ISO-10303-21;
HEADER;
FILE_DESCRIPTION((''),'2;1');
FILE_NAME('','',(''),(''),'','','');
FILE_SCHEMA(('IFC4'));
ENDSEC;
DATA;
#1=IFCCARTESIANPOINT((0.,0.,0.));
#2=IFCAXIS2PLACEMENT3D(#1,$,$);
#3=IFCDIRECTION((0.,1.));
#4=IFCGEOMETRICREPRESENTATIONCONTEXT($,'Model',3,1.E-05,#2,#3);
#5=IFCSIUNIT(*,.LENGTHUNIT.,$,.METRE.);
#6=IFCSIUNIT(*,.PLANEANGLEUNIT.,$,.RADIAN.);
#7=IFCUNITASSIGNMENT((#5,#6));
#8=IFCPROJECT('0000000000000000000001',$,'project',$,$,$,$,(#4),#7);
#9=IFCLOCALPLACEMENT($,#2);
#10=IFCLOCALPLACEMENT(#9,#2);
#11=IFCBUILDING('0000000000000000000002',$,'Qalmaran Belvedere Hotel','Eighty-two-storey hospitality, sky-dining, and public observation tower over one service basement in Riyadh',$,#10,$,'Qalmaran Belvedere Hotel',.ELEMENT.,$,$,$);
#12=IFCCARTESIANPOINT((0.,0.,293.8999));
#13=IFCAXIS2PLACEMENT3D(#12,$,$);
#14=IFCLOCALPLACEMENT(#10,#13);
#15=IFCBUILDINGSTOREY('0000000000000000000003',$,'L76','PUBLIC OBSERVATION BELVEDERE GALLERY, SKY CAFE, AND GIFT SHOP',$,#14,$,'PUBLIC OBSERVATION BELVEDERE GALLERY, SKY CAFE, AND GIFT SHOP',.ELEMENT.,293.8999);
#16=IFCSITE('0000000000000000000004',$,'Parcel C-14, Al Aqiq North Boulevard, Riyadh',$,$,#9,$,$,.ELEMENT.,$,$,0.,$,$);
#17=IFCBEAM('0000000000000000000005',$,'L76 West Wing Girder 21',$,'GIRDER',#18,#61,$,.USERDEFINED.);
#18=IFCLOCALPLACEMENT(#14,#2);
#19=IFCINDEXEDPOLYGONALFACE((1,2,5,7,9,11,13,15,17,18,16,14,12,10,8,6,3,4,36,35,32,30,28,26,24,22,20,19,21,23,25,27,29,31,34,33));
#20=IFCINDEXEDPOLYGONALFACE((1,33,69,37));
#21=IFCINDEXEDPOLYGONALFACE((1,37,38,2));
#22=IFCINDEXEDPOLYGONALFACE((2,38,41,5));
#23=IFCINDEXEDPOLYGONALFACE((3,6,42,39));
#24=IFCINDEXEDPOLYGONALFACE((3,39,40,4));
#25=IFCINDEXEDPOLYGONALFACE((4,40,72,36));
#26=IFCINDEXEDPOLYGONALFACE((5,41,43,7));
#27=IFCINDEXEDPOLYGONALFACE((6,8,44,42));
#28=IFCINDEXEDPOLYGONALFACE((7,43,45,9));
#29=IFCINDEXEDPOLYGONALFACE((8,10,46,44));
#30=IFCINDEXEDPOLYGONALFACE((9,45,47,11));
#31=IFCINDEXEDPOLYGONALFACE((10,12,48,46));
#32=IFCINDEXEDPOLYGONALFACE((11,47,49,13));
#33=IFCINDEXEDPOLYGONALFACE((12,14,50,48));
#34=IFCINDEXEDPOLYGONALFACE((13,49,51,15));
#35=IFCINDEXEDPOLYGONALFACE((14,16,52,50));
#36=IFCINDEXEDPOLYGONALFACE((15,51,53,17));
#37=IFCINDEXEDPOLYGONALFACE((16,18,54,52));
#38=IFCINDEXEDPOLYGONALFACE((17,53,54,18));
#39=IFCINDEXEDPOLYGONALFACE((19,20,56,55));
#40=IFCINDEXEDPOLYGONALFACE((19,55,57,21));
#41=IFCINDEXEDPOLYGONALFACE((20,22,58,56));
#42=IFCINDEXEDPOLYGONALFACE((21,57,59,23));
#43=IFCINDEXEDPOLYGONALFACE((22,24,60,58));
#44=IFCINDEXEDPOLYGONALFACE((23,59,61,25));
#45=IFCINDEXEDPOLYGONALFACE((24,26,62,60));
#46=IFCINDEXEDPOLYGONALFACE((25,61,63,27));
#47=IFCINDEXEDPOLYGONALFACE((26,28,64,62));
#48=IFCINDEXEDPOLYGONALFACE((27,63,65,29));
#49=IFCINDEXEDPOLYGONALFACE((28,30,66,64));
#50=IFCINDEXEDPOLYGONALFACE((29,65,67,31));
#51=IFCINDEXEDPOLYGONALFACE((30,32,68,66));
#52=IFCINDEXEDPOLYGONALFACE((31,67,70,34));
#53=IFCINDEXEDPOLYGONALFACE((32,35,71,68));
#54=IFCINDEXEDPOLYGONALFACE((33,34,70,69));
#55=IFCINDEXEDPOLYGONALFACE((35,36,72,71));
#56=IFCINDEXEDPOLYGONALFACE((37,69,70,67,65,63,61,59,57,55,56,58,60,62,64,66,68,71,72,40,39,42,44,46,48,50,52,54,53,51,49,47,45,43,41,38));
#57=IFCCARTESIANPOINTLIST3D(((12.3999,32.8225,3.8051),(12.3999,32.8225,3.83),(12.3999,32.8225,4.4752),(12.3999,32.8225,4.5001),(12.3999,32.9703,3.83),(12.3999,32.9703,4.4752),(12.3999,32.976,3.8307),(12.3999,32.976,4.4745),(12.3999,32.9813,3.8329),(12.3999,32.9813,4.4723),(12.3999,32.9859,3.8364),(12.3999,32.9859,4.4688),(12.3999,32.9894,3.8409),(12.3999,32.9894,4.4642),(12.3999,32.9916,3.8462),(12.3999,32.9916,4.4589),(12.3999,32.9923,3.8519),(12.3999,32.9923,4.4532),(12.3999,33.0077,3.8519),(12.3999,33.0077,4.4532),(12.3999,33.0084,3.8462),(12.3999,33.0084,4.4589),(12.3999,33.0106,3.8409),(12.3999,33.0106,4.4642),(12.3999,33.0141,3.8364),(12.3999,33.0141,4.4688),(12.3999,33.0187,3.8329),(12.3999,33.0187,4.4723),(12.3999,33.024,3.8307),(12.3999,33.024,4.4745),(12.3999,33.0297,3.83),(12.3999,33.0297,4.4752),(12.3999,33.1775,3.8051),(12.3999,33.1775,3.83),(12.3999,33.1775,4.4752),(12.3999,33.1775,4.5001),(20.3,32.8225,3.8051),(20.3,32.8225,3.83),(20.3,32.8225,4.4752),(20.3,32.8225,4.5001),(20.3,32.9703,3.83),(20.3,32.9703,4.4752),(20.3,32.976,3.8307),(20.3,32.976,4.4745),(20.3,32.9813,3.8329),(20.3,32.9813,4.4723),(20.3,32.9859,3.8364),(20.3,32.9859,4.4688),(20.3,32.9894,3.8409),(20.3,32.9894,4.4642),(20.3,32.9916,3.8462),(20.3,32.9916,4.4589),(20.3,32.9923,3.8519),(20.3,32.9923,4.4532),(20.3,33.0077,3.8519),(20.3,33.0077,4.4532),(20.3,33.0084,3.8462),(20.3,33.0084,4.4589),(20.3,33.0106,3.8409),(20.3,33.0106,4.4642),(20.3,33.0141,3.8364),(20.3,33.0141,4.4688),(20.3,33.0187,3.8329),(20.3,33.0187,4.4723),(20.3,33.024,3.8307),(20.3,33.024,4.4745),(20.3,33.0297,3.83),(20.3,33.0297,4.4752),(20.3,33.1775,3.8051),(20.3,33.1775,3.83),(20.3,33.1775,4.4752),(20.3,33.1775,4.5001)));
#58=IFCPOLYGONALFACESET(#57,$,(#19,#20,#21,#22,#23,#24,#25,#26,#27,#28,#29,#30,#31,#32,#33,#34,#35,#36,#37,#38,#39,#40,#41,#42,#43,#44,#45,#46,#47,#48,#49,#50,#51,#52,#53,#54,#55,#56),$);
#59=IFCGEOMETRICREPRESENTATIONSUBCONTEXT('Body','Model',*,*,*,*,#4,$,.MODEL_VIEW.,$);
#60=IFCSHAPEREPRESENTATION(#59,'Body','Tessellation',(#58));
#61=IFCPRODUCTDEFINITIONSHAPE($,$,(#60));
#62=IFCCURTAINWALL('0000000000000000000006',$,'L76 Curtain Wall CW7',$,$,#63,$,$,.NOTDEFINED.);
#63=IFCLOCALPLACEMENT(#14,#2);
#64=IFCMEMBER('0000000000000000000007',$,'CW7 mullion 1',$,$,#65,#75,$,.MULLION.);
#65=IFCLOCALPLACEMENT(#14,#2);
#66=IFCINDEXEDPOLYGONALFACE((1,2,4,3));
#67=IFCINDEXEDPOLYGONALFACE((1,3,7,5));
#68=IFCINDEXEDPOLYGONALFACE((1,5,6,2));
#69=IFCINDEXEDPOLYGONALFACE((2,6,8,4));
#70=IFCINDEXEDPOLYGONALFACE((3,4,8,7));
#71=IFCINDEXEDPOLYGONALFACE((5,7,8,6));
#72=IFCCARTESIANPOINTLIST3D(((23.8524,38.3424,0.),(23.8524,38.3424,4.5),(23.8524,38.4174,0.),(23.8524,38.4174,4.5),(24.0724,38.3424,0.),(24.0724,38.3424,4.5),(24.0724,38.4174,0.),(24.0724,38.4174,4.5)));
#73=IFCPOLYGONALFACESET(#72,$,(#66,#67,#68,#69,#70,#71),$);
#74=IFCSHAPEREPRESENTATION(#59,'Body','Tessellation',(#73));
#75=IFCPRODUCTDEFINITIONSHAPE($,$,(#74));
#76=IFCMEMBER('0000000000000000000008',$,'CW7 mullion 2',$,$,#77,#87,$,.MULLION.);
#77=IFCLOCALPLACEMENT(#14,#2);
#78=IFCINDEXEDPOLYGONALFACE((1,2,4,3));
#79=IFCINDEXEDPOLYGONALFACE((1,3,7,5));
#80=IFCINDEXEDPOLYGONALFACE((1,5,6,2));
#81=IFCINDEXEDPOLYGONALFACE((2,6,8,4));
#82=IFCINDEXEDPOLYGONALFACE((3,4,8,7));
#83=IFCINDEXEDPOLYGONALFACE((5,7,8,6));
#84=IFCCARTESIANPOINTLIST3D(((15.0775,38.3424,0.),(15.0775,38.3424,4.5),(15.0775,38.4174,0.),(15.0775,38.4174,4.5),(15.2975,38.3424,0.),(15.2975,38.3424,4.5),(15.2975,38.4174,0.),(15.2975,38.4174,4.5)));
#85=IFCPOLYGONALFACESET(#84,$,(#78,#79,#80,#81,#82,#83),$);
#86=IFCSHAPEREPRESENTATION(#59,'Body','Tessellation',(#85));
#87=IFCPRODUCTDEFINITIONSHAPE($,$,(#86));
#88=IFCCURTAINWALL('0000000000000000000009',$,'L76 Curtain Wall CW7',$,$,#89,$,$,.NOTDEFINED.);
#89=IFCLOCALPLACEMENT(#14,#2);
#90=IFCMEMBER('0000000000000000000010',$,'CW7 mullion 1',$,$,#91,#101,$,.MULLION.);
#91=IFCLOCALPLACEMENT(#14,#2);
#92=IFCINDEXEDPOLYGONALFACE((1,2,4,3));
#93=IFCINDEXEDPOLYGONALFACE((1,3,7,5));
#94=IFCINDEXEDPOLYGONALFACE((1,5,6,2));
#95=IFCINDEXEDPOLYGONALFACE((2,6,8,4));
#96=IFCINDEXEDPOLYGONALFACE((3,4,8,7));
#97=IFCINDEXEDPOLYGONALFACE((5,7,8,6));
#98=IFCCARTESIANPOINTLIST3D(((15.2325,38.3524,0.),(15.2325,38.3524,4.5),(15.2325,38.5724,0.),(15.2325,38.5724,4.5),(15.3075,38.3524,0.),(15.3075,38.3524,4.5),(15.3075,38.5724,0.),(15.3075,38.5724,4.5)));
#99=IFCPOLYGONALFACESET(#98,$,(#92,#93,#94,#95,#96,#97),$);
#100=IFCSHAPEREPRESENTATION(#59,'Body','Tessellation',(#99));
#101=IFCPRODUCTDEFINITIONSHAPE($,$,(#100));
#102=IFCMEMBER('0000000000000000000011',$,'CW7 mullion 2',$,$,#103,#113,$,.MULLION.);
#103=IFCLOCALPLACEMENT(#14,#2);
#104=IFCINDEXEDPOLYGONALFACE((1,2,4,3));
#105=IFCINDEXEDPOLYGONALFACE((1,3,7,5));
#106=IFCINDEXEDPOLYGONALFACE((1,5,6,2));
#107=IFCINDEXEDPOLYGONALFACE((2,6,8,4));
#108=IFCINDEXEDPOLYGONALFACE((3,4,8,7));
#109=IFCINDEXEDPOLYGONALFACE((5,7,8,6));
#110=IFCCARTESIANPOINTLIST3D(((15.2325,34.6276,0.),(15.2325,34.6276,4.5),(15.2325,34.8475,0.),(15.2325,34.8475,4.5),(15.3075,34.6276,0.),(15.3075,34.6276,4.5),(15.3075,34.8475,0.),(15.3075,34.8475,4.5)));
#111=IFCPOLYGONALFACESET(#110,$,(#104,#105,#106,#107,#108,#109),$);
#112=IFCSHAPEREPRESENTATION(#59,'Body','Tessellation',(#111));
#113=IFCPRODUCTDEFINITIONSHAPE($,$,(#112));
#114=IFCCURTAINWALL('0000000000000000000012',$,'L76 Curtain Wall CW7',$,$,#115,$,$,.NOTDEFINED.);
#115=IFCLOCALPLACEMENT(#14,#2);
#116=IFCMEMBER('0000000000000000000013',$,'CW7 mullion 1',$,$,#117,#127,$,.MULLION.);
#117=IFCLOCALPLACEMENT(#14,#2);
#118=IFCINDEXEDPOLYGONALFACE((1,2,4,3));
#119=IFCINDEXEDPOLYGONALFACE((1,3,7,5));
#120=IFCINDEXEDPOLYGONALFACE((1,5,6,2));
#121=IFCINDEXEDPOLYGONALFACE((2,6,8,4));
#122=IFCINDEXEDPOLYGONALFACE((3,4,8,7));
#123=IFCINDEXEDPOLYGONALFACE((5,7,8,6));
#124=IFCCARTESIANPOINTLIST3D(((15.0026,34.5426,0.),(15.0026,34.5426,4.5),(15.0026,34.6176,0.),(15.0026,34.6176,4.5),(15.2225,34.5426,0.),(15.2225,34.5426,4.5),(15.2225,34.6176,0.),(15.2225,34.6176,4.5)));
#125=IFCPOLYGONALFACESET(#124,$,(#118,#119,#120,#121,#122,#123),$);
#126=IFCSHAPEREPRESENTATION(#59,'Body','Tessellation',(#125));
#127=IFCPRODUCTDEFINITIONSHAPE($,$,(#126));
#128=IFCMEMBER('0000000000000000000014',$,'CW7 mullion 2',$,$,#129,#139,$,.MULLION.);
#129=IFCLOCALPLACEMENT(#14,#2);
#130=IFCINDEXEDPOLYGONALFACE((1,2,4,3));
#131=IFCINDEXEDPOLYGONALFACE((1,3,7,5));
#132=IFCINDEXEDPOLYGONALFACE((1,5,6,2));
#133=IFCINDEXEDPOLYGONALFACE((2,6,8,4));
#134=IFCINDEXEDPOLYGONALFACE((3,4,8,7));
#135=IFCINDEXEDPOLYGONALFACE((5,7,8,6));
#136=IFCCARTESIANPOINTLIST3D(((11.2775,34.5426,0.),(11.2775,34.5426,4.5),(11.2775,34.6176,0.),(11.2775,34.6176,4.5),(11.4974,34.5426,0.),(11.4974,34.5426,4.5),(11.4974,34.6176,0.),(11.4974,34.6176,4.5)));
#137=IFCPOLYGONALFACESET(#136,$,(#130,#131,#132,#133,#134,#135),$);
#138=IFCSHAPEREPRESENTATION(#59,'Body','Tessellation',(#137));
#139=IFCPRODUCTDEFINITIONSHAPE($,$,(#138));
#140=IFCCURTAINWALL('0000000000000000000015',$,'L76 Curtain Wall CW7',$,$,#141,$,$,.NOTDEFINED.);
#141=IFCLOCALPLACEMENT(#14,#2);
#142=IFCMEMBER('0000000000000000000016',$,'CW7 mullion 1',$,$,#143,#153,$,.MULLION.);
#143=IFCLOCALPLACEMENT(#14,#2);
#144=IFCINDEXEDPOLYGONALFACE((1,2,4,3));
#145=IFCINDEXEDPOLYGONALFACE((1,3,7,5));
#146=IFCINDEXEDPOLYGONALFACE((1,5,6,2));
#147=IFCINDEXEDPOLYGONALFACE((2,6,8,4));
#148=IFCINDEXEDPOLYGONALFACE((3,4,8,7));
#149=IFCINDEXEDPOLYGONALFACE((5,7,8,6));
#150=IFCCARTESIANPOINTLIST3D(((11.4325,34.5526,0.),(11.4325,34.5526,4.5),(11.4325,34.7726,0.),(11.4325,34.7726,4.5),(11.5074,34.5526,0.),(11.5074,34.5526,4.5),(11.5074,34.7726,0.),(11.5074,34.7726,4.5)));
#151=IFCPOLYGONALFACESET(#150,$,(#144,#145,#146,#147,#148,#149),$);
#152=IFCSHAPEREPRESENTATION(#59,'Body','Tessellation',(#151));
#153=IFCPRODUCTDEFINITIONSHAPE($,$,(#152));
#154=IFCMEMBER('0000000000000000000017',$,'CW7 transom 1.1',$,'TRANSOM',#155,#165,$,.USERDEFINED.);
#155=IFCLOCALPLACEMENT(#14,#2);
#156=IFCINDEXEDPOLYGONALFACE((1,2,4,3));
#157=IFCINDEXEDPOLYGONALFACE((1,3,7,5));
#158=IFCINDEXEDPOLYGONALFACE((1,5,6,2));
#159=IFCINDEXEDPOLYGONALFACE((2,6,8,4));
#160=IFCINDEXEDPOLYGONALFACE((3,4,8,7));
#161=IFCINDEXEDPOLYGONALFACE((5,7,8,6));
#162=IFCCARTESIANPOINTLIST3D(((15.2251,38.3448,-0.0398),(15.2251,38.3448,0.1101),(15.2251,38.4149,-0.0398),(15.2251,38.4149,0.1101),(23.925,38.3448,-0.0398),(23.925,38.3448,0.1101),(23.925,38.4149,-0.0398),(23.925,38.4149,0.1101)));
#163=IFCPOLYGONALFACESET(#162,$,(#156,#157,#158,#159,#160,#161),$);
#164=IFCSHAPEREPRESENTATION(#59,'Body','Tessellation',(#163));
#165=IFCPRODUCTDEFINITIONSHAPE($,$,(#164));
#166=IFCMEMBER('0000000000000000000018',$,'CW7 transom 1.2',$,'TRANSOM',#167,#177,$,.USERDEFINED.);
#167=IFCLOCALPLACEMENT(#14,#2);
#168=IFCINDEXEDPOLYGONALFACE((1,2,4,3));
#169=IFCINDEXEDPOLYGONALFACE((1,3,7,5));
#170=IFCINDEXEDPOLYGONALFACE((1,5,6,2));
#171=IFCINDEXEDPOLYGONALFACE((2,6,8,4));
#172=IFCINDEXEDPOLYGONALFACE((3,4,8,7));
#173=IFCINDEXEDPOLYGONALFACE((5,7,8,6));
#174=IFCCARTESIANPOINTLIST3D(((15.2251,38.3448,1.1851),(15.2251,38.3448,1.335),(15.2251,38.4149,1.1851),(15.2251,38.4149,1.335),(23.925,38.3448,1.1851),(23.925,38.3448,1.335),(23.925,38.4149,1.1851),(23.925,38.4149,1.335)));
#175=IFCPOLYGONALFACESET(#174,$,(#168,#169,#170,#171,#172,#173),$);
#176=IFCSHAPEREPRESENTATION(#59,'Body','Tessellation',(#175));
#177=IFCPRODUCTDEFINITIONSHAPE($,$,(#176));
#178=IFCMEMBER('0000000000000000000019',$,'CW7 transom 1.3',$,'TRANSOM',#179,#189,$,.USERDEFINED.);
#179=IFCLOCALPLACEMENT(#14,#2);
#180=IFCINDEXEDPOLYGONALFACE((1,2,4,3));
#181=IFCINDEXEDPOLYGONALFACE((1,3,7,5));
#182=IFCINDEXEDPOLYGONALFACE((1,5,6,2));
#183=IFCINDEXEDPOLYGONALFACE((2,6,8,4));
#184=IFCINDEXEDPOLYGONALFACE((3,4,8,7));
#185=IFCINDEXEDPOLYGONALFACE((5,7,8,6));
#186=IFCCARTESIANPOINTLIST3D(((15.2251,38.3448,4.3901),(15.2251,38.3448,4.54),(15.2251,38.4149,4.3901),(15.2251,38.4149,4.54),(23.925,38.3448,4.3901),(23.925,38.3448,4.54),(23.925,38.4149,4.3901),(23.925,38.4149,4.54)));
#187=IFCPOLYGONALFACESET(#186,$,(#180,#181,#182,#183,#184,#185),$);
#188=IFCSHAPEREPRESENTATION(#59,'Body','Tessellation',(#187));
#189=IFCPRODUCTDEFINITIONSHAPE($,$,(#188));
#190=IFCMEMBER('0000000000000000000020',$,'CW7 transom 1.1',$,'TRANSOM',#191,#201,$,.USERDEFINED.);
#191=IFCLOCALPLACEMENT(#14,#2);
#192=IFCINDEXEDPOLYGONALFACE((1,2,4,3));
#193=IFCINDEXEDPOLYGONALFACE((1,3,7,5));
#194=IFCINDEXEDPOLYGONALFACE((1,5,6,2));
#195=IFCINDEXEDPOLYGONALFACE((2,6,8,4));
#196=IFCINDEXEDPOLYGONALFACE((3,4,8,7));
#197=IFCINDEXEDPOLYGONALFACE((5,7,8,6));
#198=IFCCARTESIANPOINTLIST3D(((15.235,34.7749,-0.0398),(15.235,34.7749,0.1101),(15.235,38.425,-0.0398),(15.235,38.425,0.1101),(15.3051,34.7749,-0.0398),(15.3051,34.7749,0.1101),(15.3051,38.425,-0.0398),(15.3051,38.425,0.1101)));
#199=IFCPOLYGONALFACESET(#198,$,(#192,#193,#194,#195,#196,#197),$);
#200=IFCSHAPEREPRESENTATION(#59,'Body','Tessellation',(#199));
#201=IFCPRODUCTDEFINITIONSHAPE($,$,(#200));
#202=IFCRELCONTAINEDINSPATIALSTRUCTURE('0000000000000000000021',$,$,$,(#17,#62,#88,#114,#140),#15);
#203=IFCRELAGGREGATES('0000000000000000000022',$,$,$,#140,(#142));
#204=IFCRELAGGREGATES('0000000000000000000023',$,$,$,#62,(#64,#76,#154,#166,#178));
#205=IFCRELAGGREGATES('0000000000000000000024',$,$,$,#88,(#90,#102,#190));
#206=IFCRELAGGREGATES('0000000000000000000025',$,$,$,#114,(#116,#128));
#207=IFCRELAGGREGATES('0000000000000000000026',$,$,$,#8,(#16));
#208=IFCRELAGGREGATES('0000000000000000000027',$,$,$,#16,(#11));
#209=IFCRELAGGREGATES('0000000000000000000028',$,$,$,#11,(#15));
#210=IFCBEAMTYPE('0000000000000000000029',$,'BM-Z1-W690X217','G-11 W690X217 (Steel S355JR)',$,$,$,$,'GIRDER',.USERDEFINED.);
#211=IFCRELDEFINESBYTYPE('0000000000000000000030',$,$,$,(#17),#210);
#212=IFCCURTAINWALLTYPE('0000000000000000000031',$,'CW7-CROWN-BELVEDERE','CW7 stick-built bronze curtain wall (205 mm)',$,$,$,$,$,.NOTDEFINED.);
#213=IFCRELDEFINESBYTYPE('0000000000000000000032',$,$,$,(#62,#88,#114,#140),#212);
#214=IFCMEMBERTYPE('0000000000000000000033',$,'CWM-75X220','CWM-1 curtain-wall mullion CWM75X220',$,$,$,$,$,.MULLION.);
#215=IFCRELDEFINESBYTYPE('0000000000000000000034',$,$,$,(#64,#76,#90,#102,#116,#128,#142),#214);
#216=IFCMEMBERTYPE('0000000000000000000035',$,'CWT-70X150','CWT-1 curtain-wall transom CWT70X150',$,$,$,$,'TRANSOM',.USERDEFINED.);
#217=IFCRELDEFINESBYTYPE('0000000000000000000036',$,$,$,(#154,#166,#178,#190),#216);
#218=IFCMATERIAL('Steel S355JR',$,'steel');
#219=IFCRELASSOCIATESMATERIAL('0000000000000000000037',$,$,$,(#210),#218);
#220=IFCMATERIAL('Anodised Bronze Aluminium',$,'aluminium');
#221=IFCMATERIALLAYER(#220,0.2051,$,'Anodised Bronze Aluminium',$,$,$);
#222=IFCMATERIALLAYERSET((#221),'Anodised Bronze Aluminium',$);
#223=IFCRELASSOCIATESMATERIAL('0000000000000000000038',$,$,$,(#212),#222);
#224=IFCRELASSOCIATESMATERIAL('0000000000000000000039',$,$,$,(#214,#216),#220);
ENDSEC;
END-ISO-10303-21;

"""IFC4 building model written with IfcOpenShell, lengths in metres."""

from ifc_helpers import new_model, si_unit, direction, frame, origin, origin_2d, place, context, subcontext, project, spatial, rectangle, i_section, extrude, material, layer, layer_set, material_profile, profile_set, type_object, element, aggregate, save


model = new_model("IFC4")

# Units and contexts
model_context = context("Model", 3, precision=1e-05, world=origin(), true_north=direction((0.0, 1.0)))
body_context = subcontext(model_context, "Body", "Model", "MODEL_VIEW")
ifc_project = project(units=[si_unit("LENGTHUNIT", "METRE"), si_unit("PLANEANGLEUNIT", "RADIAN")], contexts=[model_context])

# Site, building, storey
site_placement = place(None, origin())
site = spatial("IfcSite", under=ifc_project, at=site_placement, Name="Parcel C-14, Al Aqiq North Boulevard, Riyadh", CompositionType="ELEMENT", RefElevation=0.0)
building_placement = place(site_placement, origin())
building = spatial("IfcBuilding", under=site, at=building_placement, Name="Qalmaran Belvedere Hotel", Description="Eighty-two-storey hospitality, sky-dining, and public observation tower over one service basement in Riyadh", LongName="Qalmaran Belvedere Hotel", CompositionType="ELEMENT")
storey_placement = place(building_placement, frame((0.0, 0.0, 293.8999)))
storey = spatial("IfcBuildingStorey", under=building, at=storey_placement, Name="L76", Description="PUBLIC OBSERVATION BELVEDERE GALLERY, SKY CAFE, AND GIFT SHOP", LongName="PUBLIC OBSERVATION BELVEDERE GALLERY, SKY CAFE, AND GIFT SHOP", CompositionType="ELEMENT", Elevation=293.8999)

# Beam
ifc_material_1 = material(Name="Steel S355JR", Category="steel")
ifc_material_profile_1 = material_profile(ifc_material_1, i_section(OverallWidth=0.355, OverallDepth=0.6951, WebThickness=0.0154, FlangeThickness=0.0249, FilletRadius=0.022, at=origin_2d()), Name="W690X217")
ifc_profile_set_1 = profile_set([ifc_material_profile_1], Name="Steel S355JR")
beam_type_1 = type_object("IfcBeamType", Name="BM-Z1-W690X217", Description="G-11 W690X217 (Steel S355JR)", ElementType="GIRDER", PredefinedType="USERDEFINED", material=ifc_profile_set_1)
beam_1_placement = place(storey_placement, frame((12.3999, 33.0, 4.1526), z_axis=(1.0, 0.0, 0.0), x_axis=(0.0, 1.0, 0.0)))
element("IfcBeam", 1, at=beam_1_placement, inside=storey, type_object=beam_type_1, Name="L76 West Wing Girder 21", ObjectType="GIRDER", PredefinedType="USERDEFINED", context=body_context, shape_type="SweptSolid", body=[
    extrude(i_section(OverallWidth=0.355, OverallDepth=0.6951, WebThickness=0.0154, FlangeThickness=0.0249, FilletRadius=0.022, at=origin_2d()), origin(), (0.0, 0.0, 1.0), 7.9001),
])

# Curtain walls, members
ifc_material_2 = material(Name="Anodised Bronze Aluminium", Category="aluminium")
ifc_layer_1 = layer(ifc_material_2, 0.2051, Name="Anodised Bronze Aluminium")
ifc_layer_set_1 = layer_set([ifc_layer_1], Name="Anodised Bronze Aluminium")
curtain_wall_type = type_object("IfcCurtainWallType", Name="CW7-CROWN-BELVEDERE", Description="CW7 stick-built bronze curtain wall (205 mm)", PredefinedType="NOTDEFINED", material=ifc_layer_set_1)
curtain_wall_1_placement = place(storey_placement, origin())
curtain_wall_1 = element("IfcCurtainWall", 2, at=curtain_wall_1_placement, inside=storey, type_object=curtain_wall_type, Name="L76 Curtain Wall CW7", PredefinedType="NOTDEFINED")
ifc_material_profile_2 = material_profile(ifc_material_2, rectangle(XDim=0.075, YDim=0.22, at=origin_2d()), Name="CWM75X220")
ifc_profile_set_2 = profile_set([ifc_material_profile_2], Name="Anodised Bronze Aluminium")
member_type_1 = type_object("IfcMemberType", Name="CWM-75X220", Description="CWM-1 curtain-wall mullion CWM75X220", PredefinedType="MULLION", material=ifc_profile_set_2)
member_1_placement = place(storey_placement, frame((23.9624, 38.3799, 0.0), z_axis=(0.0, 0.0, 1.0), x_axis=(0.0, -1.0, 0.0)))
member_1 = element("IfcMember", 3, at=member_1_placement, type_object=member_type_1, Name="CW7 mullion 1", PredefinedType="MULLION", context=body_context, shape_type="SweptSolid", body=[
    extrude(rectangle(XDim=0.075, YDim=0.22, at=origin_2d()), origin(), (0.0, 0.0, 1.0), 4.5),
])
member_2_placement = place(storey_placement, frame((15.1875, 38.3799, 0.0), z_axis=(0.0, 0.0, 1.0), x_axis=(0.0, -1.0, 0.0)))
member_2 = element("IfcMember", 4, at=member_2_placement, type_object=member_type_1, Name="CW7 mullion 2", PredefinedType="MULLION", context=body_context, shape_type="SweptSolid", body=[
    extrude(rectangle(XDim=0.075, YDim=0.22, at=origin_2d()), origin(), (0.0, 0.0, 1.0), 4.5),
])
curtain_wall_2_placement = place(storey_placement, origin())
curtain_wall_2 = element("IfcCurtainWall", 5, at=curtain_wall_2_placement, inside=storey, type_object=curtain_wall_type, Name="L76 Curtain Wall CW7", PredefinedType="NOTDEFINED")
member_3_placement = place(storey_placement, frame((15.27, 38.4624, 0.0), z_axis=(0.0, 0.0, 1.0), x_axis=(1.0, 0.0, 0.0)))
member_3 = element("IfcMember", 6, at=member_3_placement, type_object=member_type_1, Name="CW7 mullion 1", PredefinedType="MULLION", context=body_context, shape_type="SweptSolid", body=[
    extrude(rectangle(XDim=0.075, YDim=0.22, at=origin_2d()), origin(), (0.0, 0.0, 1.0), 4.5),
])
member_4_placement = place(storey_placement, frame((15.27, 34.7375, 0.0), z_axis=(0.0, 0.0, 1.0), x_axis=(1.0, 0.0, 0.0)))
member_4 = element("IfcMember", 7, at=member_4_placement, type_object=member_type_1, Name="CW7 mullion 2", PredefinedType="MULLION", context=body_context, shape_type="SweptSolid", body=[
    extrude(rectangle(XDim=0.075, YDim=0.22, at=origin_2d()), origin(), (0.0, 0.0, 1.0), 4.5),
])
curtain_wall_3_placement = place(storey_placement, origin())
curtain_wall_3 = element("IfcCurtainWall", 8, at=curtain_wall_3_placement, inside=storey, type_object=curtain_wall_type, Name="L76 Curtain Wall CW7", PredefinedType="NOTDEFINED")
member_5_placement = place(storey_placement, frame((15.1125, 34.5801, 0.0), z_axis=(0.0, 0.0, 1.0), x_axis=(0.0, -1.0, 0.0)))
member_5 = element("IfcMember", 9, at=member_5_placement, type_object=member_type_1, Name="CW7 mullion 1", PredefinedType="MULLION", context=body_context, shape_type="SweptSolid", body=[
    extrude(rectangle(XDim=0.075, YDim=0.22, at=origin_2d()), origin(), (0.0, 0.0, 1.0), 4.5),
])
member_6_placement = place(storey_placement, frame((11.3875, 34.5801, 0.0), z_axis=(0.0, 0.0, 1.0), x_axis=(0.0, -1.0, 0.0)))
member_6 = element("IfcMember", 10, at=member_6_placement, type_object=member_type_1, Name="CW7 mullion 2", PredefinedType="MULLION", context=body_context, shape_type="SweptSolid", body=[
    extrude(rectangle(XDim=0.075, YDim=0.22, at=origin_2d()), origin(), (0.0, 0.0, 1.0), 4.5),
])

# Curtain wall, member
curtain_wall_4_placement = place(storey_placement, origin())
curtain_wall_4 = element("IfcCurtainWall", 11, at=curtain_wall_4_placement, inside=storey, type_object=curtain_wall_type, Name="L76 Curtain Wall CW7", PredefinedType="NOTDEFINED")
member_7_placement = place(storey_placement, frame((11.47, 34.6626, 0.0), z_axis=(0.0, 0.0, 1.0), x_axis=(1.0, 0.0, 0.0)))
member_7 = element("IfcMember", 12, at=member_7_placement, type_object=member_type_1, Name="CW7 mullion 1", PredefinedType="MULLION", context=body_context, shape_type="SweptSolid", body=[
    extrude(rectangle(XDim=0.075, YDim=0.22, at=origin_2d()), origin(), (0.0, 0.0, 1.0), 4.5),
])

# Members
ifc_material_profile_3 = material_profile(ifc_material_2, rectangle(XDim=0.0701, YDim=0.1499, at=origin_2d()), Name="CWT70X150")
ifc_profile_set_3 = profile_set([ifc_material_profile_3], Name="Anodised Bronze Aluminium")
member_type_2 = type_object("IfcMemberType", Name="CWT-70X150", Description="CWT-1 curtain-wall transom CWT70X150", ElementType="TRANSOM", PredefinedType="USERDEFINED", material=ifc_profile_set_3)
member_8_placement = place(storey_placement, frame((23.925, 38.3799, 0.0352), z_axis=(-1.0, 0.0, 0.0), x_axis=(0.0, -1.0, 0.0)))
member_8 = element("IfcMember", 13, at=member_8_placement, type_object=member_type_2, Name="CW7 transom 1.1", ObjectType="TRANSOM", PredefinedType="USERDEFINED", context=body_context, shape_type="SweptSolid", body=[
    extrude(rectangle(XDim=0.0701, YDim=0.1499, at=origin_2d()), origin(), (0.0, 0.0, 1.0), 8.7),
])
member_9_placement = place(storey_placement, frame((23.925, 38.3799, 1.26), z_axis=(-1.0, 0.0, 0.0), x_axis=(0.0, -1.0, 0.0)))
member_9 = element("IfcMember", 14, at=member_9_placement, type_object=member_type_2, Name="CW7 transom 1.2", ObjectType="TRANSOM", PredefinedType="USERDEFINED", context=body_context, shape_type="SweptSolid", body=[
    extrude(rectangle(XDim=0.0701, YDim=0.1499, at=origin_2d()), origin(), (0.0, 0.0, 1.0), 8.7),
])
member_10_placement = place(storey_placement, frame((23.925, 38.3799, 4.4651), z_axis=(-1.0, 0.0, 0.0), x_axis=(0.0, -1.0, 0.0)))
member_10 = element("IfcMember", 15, at=member_10_placement, type_object=member_type_2, Name="CW7 transom 1.3", ObjectType="TRANSOM", PredefinedType="USERDEFINED", context=body_context, shape_type="SweptSolid", body=[
    extrude(rectangle(XDim=0.0701, YDim=0.1499, at=origin_2d()), origin(), (0.0, 0.0, 1.0), 8.7),
])
member_11_placement = place(storey_placement, frame((15.27, 38.425, 0.0352), z_axis=(0.0, -1.0, 0.0), x_axis=(1.0, 0.0, 0.0)))
member_11 = element("IfcMember", 16, at=member_11_placement, type_object=member_type_2, Name="CW7 transom 1.1", ObjectType="TRANSOM", PredefinedType="USERDEFINED", context=body_context, shape_type="SweptSolid", body=[
    extrude(rectangle(XDim=0.0701, YDim=0.1499, at=origin_2d()), origin(), (0.0, 0.0, 1.0), 3.6501),
])
aggregate(curtain_wall_4, [member_7])

aggregate(curtain_wall_1, [member_1, member_2, member_8, member_9, member_10])
aggregate(curtain_wall_2, [member_3, member_4, member_11])
aggregate(curtain_wall_3, [member_5, member_6])

save(model, "model.ifc")
